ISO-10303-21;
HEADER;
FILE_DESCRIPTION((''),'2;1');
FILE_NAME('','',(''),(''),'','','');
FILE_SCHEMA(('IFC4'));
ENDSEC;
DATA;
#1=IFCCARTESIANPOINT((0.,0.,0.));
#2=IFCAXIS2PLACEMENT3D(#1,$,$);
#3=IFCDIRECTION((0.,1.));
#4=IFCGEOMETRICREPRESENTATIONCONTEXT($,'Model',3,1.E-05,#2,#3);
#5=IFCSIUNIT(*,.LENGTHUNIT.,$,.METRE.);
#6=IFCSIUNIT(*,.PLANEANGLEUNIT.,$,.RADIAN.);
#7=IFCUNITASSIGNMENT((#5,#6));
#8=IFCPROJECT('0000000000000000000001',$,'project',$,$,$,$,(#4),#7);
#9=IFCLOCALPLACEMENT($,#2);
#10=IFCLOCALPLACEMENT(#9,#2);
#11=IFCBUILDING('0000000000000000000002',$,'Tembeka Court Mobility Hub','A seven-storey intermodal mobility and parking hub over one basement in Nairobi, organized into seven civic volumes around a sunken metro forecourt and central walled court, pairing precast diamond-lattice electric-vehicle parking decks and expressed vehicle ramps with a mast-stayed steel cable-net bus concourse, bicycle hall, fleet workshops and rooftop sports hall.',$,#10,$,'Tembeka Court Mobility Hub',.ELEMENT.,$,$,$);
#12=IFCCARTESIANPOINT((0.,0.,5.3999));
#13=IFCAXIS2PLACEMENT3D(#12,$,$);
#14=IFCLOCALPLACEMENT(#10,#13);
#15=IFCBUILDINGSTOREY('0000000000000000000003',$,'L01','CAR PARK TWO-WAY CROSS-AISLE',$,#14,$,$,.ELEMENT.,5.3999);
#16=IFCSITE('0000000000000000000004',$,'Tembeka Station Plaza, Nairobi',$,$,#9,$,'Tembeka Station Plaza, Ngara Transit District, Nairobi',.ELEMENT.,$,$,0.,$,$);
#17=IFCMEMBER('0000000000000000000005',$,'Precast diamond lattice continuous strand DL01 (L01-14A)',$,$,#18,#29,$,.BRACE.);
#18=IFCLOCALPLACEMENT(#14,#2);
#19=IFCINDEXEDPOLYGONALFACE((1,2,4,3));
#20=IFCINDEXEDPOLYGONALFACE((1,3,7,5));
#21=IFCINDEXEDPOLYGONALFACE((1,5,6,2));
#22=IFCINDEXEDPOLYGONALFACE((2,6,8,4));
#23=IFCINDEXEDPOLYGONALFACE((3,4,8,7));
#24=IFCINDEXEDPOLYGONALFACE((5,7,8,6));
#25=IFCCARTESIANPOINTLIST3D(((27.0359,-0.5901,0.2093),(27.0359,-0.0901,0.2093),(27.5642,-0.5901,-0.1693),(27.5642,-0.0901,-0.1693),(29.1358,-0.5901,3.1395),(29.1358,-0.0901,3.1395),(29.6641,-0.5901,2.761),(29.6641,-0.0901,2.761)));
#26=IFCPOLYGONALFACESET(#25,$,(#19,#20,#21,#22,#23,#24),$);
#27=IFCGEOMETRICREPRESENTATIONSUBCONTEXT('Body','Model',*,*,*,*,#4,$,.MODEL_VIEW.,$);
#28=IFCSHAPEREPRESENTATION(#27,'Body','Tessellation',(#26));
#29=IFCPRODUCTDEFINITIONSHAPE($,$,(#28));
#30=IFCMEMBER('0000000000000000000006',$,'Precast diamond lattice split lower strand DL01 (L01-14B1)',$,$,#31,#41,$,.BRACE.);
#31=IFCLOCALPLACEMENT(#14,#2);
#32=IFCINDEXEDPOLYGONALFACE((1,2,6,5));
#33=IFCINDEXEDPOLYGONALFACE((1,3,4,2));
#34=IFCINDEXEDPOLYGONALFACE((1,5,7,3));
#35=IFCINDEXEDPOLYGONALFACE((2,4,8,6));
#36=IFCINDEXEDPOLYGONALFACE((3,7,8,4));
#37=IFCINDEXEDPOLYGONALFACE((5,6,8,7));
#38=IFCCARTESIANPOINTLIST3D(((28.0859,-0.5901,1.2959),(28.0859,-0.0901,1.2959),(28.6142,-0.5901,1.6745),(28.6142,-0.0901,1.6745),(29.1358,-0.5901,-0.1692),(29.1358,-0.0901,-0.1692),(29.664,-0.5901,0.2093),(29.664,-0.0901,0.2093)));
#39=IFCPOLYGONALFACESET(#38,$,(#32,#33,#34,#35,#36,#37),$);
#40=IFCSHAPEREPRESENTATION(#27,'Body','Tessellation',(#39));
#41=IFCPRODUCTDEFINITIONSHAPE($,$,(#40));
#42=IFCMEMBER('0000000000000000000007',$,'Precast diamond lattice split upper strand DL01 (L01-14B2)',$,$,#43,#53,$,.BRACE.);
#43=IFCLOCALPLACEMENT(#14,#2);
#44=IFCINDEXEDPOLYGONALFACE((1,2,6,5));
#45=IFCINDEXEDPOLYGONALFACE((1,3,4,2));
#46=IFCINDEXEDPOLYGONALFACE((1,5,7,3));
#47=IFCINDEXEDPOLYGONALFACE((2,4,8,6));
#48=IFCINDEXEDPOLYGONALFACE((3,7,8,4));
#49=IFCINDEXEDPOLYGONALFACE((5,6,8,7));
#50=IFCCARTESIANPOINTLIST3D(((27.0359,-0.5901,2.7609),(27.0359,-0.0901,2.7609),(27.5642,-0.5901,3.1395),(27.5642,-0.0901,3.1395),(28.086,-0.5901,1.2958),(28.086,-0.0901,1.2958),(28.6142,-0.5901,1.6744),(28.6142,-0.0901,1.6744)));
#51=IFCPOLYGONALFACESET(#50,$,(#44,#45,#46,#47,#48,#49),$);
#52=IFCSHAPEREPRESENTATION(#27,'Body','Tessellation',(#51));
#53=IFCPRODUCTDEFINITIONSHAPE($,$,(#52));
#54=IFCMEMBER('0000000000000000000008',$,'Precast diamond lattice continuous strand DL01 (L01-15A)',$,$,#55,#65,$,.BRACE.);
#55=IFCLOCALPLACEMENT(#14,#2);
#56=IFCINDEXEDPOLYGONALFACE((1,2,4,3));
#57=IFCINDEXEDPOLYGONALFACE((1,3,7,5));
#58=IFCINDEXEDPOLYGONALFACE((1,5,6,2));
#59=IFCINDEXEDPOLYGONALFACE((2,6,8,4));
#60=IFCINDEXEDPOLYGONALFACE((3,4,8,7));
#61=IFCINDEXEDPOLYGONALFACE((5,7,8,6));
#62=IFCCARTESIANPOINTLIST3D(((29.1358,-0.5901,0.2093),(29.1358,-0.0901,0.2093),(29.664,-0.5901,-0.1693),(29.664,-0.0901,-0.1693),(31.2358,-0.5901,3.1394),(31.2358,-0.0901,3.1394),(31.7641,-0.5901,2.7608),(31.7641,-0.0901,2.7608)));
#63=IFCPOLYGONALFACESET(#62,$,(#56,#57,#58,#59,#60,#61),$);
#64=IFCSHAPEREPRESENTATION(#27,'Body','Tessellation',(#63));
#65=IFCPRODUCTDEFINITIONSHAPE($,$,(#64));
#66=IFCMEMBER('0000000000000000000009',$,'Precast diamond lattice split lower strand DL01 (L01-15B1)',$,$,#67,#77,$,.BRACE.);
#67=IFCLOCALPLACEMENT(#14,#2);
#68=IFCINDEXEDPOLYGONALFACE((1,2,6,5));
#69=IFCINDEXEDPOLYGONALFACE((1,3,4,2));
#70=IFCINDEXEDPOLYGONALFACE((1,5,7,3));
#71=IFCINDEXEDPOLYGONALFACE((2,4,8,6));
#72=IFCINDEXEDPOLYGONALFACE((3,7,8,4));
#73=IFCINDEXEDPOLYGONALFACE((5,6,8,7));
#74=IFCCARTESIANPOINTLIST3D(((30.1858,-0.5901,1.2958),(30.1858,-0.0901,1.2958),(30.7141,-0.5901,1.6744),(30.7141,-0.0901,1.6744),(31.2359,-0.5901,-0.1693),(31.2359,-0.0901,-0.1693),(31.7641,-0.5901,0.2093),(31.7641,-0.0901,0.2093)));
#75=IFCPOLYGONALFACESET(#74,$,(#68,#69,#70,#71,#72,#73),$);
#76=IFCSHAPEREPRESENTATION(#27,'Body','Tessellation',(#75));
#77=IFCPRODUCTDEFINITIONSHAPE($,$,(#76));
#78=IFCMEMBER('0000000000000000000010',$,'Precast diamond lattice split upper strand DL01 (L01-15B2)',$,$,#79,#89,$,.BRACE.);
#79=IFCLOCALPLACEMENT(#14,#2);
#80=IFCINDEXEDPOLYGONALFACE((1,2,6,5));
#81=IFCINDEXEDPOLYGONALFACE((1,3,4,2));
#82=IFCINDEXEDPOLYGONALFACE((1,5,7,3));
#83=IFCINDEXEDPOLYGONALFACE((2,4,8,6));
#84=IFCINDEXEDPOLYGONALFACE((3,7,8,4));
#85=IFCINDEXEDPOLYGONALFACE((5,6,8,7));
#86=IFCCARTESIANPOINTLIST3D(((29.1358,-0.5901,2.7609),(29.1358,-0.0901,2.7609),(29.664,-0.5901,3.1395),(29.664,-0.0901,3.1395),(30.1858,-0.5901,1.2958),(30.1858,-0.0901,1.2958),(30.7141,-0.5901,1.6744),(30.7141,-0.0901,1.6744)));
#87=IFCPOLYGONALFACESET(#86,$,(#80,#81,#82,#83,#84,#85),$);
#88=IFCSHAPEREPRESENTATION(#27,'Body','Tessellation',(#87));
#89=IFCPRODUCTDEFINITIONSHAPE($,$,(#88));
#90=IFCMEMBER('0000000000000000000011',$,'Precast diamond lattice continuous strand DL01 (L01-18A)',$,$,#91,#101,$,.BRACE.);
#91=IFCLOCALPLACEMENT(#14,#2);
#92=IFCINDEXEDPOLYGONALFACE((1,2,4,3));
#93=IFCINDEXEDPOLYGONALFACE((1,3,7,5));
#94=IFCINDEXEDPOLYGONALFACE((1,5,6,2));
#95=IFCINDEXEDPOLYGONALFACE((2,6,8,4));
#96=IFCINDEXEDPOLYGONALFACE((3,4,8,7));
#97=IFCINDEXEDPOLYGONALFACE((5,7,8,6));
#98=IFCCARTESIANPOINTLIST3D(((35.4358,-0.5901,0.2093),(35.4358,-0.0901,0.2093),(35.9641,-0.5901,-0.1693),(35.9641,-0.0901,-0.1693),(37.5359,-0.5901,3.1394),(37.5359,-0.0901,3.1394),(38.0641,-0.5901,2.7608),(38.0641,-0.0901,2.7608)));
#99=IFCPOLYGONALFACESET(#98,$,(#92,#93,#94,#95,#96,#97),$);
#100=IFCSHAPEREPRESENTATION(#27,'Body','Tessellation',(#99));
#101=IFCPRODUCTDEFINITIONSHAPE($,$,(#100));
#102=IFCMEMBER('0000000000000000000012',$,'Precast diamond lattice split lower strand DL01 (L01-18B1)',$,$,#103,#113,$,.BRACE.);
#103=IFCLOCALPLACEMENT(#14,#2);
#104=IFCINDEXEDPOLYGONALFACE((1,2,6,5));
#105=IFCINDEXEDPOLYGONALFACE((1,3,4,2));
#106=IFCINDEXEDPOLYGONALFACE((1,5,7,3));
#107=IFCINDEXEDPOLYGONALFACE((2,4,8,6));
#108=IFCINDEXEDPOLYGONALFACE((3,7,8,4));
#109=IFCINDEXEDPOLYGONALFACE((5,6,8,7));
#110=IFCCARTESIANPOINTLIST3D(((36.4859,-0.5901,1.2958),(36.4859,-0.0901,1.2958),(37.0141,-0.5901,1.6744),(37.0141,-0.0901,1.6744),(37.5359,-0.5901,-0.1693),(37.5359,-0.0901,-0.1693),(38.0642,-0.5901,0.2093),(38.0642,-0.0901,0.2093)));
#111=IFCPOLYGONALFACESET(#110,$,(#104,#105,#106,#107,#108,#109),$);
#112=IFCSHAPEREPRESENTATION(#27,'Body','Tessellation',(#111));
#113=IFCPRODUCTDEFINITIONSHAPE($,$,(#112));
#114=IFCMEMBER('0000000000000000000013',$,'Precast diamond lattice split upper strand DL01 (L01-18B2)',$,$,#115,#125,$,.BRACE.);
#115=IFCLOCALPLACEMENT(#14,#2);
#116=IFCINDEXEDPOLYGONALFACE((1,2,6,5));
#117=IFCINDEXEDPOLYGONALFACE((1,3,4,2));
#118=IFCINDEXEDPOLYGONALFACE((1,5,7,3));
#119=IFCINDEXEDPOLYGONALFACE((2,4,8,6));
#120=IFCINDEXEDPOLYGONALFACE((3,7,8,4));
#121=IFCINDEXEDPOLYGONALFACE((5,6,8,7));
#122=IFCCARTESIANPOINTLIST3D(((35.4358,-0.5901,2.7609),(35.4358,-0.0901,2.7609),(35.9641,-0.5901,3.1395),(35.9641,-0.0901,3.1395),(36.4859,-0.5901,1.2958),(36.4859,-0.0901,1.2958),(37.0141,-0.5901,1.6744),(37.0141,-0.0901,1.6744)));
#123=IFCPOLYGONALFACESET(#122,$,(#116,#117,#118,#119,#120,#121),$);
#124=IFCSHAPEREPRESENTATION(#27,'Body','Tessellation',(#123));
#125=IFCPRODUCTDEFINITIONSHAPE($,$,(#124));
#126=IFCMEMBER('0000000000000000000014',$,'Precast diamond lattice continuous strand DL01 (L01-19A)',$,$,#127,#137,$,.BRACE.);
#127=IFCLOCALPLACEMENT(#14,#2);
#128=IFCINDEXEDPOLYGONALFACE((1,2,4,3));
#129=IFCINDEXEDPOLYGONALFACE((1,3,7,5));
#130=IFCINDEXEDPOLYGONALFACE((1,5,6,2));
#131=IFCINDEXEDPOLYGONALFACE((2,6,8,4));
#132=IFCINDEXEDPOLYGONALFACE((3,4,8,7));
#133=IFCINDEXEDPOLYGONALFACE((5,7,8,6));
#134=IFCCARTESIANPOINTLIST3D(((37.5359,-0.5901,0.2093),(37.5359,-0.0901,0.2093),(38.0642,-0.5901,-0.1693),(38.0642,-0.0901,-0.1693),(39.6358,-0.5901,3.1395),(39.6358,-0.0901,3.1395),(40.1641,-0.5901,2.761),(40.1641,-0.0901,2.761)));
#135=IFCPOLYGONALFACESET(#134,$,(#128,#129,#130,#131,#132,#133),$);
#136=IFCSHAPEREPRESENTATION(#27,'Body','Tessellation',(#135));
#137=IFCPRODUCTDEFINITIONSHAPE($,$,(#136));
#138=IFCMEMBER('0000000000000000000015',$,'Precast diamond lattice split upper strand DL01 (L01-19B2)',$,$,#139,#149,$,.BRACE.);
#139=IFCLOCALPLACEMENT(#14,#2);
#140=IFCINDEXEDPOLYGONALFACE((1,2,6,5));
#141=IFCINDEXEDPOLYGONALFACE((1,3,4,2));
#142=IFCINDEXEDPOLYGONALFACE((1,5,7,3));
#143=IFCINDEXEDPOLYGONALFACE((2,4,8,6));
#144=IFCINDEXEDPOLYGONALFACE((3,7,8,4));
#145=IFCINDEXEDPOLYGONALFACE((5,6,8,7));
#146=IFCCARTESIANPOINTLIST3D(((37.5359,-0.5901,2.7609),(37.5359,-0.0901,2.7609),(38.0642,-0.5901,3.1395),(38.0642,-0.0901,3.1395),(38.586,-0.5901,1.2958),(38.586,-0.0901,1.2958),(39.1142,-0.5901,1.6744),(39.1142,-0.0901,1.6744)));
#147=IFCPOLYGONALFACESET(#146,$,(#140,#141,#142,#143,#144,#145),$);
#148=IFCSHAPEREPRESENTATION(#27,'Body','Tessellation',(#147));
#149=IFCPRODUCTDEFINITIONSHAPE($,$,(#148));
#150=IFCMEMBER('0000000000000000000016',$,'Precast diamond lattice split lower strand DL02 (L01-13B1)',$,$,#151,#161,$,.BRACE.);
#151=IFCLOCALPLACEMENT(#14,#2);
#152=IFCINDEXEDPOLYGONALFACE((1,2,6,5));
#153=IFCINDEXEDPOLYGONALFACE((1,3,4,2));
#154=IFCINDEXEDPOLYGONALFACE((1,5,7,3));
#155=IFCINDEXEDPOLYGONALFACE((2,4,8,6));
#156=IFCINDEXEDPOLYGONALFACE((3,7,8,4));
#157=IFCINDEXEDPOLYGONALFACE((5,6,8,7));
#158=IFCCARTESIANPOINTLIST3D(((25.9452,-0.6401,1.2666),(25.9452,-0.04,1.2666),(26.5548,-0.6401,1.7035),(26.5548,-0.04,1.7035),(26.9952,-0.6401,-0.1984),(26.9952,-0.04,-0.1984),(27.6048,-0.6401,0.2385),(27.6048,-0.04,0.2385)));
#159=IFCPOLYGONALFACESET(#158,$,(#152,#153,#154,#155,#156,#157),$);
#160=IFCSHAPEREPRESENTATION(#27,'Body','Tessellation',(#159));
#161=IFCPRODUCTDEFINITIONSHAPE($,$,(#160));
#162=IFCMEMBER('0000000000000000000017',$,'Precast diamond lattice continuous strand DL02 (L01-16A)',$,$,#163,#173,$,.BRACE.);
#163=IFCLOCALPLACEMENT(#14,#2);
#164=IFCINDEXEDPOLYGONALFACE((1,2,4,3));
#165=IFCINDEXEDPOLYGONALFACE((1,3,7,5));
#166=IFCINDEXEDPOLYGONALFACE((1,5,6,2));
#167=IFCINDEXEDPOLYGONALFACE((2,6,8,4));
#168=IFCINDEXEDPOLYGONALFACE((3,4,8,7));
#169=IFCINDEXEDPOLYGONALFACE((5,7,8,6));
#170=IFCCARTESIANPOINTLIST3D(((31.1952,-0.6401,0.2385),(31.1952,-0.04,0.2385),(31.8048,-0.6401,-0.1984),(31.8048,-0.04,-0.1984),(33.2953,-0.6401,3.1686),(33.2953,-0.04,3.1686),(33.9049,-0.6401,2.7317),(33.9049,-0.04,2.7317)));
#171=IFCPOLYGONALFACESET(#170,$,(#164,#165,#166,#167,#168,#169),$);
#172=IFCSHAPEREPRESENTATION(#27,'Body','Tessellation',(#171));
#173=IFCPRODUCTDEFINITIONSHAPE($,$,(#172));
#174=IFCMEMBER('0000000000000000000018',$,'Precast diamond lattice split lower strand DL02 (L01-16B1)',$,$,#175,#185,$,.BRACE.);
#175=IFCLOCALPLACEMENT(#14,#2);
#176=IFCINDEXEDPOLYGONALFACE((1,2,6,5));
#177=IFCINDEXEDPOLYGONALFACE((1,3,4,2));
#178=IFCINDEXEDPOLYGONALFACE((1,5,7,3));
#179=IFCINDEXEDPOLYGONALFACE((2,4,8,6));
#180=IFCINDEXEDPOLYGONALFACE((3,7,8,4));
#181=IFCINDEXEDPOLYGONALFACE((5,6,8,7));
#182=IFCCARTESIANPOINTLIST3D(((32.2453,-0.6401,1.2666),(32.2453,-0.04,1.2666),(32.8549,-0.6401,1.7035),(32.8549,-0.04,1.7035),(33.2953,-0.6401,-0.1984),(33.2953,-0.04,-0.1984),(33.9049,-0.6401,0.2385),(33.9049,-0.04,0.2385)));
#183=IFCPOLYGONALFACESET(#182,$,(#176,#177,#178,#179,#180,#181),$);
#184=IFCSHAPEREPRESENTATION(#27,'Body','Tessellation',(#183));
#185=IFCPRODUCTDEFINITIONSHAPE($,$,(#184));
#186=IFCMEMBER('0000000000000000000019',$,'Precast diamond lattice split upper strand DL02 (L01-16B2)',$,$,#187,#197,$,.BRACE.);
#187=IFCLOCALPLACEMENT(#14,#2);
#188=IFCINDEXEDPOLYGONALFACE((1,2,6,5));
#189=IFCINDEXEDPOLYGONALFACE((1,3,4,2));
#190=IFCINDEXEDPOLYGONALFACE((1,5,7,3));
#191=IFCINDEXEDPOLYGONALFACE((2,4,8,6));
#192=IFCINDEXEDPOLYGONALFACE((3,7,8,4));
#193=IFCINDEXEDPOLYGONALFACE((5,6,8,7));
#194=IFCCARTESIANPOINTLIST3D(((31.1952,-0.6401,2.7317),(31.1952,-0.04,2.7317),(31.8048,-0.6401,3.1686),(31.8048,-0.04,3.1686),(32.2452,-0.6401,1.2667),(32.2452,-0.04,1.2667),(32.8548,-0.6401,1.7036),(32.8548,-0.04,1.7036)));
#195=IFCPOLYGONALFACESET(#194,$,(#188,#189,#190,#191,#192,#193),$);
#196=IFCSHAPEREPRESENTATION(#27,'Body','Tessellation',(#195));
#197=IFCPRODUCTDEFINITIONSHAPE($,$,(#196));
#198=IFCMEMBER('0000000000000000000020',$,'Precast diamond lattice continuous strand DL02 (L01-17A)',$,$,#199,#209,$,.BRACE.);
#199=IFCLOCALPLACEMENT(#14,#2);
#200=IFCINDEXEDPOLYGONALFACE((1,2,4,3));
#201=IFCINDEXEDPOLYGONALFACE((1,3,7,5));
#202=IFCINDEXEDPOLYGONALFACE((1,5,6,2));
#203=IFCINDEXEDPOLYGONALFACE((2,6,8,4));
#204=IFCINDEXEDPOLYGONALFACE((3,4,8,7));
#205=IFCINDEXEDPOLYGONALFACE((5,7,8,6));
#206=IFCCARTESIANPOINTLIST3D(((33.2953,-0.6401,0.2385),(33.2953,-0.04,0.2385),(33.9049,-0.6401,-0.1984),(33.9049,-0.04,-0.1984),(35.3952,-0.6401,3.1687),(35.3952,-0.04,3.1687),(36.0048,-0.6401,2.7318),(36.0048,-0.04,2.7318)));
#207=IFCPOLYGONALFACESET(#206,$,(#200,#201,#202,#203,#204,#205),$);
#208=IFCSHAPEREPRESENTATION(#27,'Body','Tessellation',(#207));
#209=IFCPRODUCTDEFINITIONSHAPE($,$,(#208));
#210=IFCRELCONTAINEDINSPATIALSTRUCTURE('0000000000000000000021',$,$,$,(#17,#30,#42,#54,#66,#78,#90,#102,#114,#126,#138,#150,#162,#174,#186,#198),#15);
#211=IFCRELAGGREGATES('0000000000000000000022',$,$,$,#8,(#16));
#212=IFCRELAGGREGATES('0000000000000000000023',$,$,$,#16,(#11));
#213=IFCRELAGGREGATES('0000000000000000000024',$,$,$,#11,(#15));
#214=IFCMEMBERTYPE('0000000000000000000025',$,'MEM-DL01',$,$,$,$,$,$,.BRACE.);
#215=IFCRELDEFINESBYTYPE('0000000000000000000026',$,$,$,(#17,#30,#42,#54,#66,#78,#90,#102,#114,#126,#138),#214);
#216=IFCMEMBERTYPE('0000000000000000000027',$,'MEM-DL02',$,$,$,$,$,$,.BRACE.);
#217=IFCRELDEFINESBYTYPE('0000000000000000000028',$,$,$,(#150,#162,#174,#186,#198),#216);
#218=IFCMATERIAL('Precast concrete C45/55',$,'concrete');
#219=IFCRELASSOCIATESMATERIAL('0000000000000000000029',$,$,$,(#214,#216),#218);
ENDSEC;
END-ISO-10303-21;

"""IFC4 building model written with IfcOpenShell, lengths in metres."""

from ifc_helpers import new_model, si_unit, direction, frame, origin, origin_2d, place, context, subcontext, project, spatial, rectangle, extrude, material, material_profile, profile_set, type_object, element, save


model = new_model("IFC4")

# Units and contexts
model_context = context("Model", 3, precision=1e-05, world=origin(), true_north=direction((0.0, 1.0)))
body_context = subcontext(model_context, "Body", "Model", "MODEL_VIEW")
ifc_project = project(units=[si_unit("LENGTHUNIT", "METRE"), si_unit("PLANEANGLEUNIT", "RADIAN")], contexts=[model_context])

# Site, building, storey
site_placement = place(None, origin())
site = spatial("IfcSite", under=ifc_project, at=site_placement, Name="Tembeka Station Plaza, Nairobi", LongName="Tembeka Station Plaza, Ngara Transit District, Nairobi", CompositionType="ELEMENT", RefElevation=0.0)
building_placement = place(site_placement, origin())
building = spatial("IfcBuilding", under=site, at=building_placement, Name="Tembeka Court Mobility Hub", Description="A seven-storey intermodal mobility and parking hub over one basement in Nairobi, organized into seven civic volumes around a sunken metro forecourt and central walled court, pairing precast diamond-lattice electric-vehicle parking decks and expressed vehicle ramps with a mast-stayed steel cable-net bus concourse, bicycle hall, fleet workshops and rooftop sports hall.", LongName="Tembeka Court Mobility Hub", CompositionType="ELEMENT")
storey_placement = place(building_placement, frame((0.0, 0.0, 5.3999)))
storey = spatial("IfcBuildingStorey", under=building, at=storey_placement, Name="L01", Description="CAR PARK TWO-WAY CROSS-AISLE", CompositionType="ELEMENT", Elevation=5.3999)

# Members
ifc_material = material(Name="Precast concrete C45/55", Category="concrete")
ifc_material_profile_1 = material_profile(ifc_material, rectangle(XDim=0.5, YDim=0.6499, at=origin_2d()), Name="PC-DIAG 500x650")
ifc_profile_set_1 = profile_set([ifc_material_profile_1], Name="Precast concrete C45/55")
member_type_1 = type_object("IfcMemberType", Name="MEM-DL01", PredefinedType="BRACE", material=ifc_profile_set_1)
member_1_placement = place(storey_placement, frame((27.3, -0.3401, 0.02), z_axis=(0.5825, 0.0, 0.812831), x_axis=(0.0, 1.0, 0.0)))
element("IfcMember", 1, at=member_1_placement, inside=storey, type_object=member_type_1, Name="Precast diamond lattice continuous strand DL01 (L01-14A)", PredefinedType="BRACE", context=body_context, shape_type="SweptSolid", body=[
    extrude(rectangle(XDim=0.5, YDim=0.6499, at=origin_2d()), origin(), (0.0, 0.0, 1.0), 3.605),
])
for number, where, z_axis, x_axis, name in (
    (2, (29.3999, -0.3401, 0.02), (-0.582455, 0.0, 0.812863), (0.0, -1.0, 0.0), "Precast diamond lattice split lower strand DL01 (L01-14B1)"),
    (3, (28.3501, -0.3401, 1.4851), (-0.582544, 0.0, 0.812799), (0.0, -1.0, 0.0), "Precast diamond lattice split upper strand DL01 (L01-14B2)"),
):
    element("IfcMember", number, at=place(storey_placement, frame(where, z_axis=z_axis, x_axis=x_axis)), inside=storey, type_object=member_type_1, Name=name, PredefinedType="BRACE", context=body_context, shape_type="SweptSolid", body=[
        extrude(rectangle(XDim=0.5, YDim=0.6499, at=origin_2d()), origin(), (0.0, 0.0, 1.0), 1.8025),
    ])
member_2_placement = place(storey_placement, frame((29.3999, -0.3401, 0.02), z_axis=(0.582544, 0.0, 0.812799), x_axis=(0.0, 1.0, 0.0)))
element("IfcMember", 4, at=member_2_placement, inside=storey, type_object=member_type_1, Name="Precast diamond lattice continuous strand DL01 (L01-15A)", PredefinedType="BRACE", context=body_context, shape_type="SweptSolid", body=[
    extrude(rectangle(XDim=0.5, YDim=0.6499, at=origin_2d()), origin(), (0.0, 0.0, 1.0), 3.605),
])
for number, where, z_axis, x_axis, name in (
    (5, (31.5, -0.3401, 0.02), (-0.582544, 0.0, 0.812799), (0.0, -1.0, 0.0), "Precast diamond lattice split lower strand DL01 (L01-15B1)"),
    (6, (30.45, -0.3401, 1.4851), (-0.582544, 0.0, 0.812799), (0.0, -1.0, 0.0), "Precast diamond lattice split upper strand DL01 (L01-15B2)"),
):
    element("IfcMember", number, at=place(storey_placement, frame(where, z_axis=z_axis, x_axis=x_axis)), inside=storey, type_object=member_type_1, Name=name, PredefinedType="BRACE", context=body_context, shape_type="SweptSolid", body=[
        extrude(rectangle(XDim=0.5, YDim=0.6499, at=origin_2d()), origin(), (0.0, 0.0, 1.0), 1.8025),
    ])
member_3_placement = place(storey_placement, frame((35.7, -0.3401, 0.02), z_axis=(0.582544, 0.0, 0.812799), x_axis=(0.0, 1.0, 0.0)))
element("IfcMember", 7, at=member_3_placement, inside=storey, type_object=member_type_1, Name="Precast diamond lattice continuous strand DL01 (L01-18A)", PredefinedType="BRACE", context=body_context, shape_type="SweptSolid", body=[
    extrude(rectangle(XDim=0.5, YDim=0.6499, at=origin_2d()), origin(), (0.0, 0.0, 1.0), 3.605),
])
for number, where, z_axis, x_axis, name in (
    (8, (37.8, -0.3401, 0.02), (-0.582544, 0.0, 0.812799), (0.0, -1.0, 0.0), "Precast diamond lattice split lower strand DL01 (L01-18B1)"),
    (9, (36.75, -0.3401, 1.4851), (-0.582544, 0.0, 0.812799), (0.0, -1.0, 0.0), "Precast diamond lattice split upper strand DL01 (L01-18B2)"),
):
    element("IfcMember", number, at=place(storey_placement, frame(where, z_axis=z_axis, x_axis=x_axis)), inside=storey, type_object=member_type_1, Name=name, PredefinedType="BRACE", context=body_context, shape_type="SweptSolid", body=[
        extrude(rectangle(XDim=0.5, YDim=0.6499, at=origin_2d()), origin(), (0.0, 0.0, 1.0), 1.8025),
    ])
member_4_placement = place(storey_placement, frame((37.8, -0.3401, 0.02), z_axis=(0.5825, 0.0, 0.812831), x_axis=(0.0, 1.0, 0.0)))
element("IfcMember", 10, at=member_4_placement, inside=storey, type_object=member_type_1, Name="Precast diamond lattice continuous strand DL01 (L01-19A)", PredefinedType="BRACE", context=body_context, shape_type="SweptSolid", body=[
    extrude(rectangle(XDim=0.5, YDim=0.6499, at=origin_2d()), origin(), (0.0, 0.0, 1.0), 3.605),
])
member_5_placement = place(storey_placement, frame((38.8501, -0.3401, 1.4851), z_axis=(-0.582544, 0.0, 0.812799), x_axis=(0.0, -1.0, 0.0)))
element("IfcMember", 11, at=member_5_placement, inside=storey, type_object=member_type_1, Name="Precast diamond lattice split upper strand DL01 (L01-19B2)", PredefinedType="BRACE", context=body_context, shape_type="SweptSolid", body=[
    extrude(rectangle(XDim=0.5, YDim=0.6499, at=origin_2d()), origin(), (0.0, 0.0, 1.0), 1.8025),
])
ifc_material_profile_2 = material_profile(ifc_material, rectangle(XDim=0.6001, YDim=0.75, at=origin_2d()), Name="PC-DIAG 600x750")
ifc_profile_set_2 = profile_set([ifc_material_profile_2], Name="Precast concrete C45/55")
member_type_2 = type_object("IfcMemberType", Name="MEM-DL02", PredefinedType="BRACE", material=ifc_profile_set_2)
member_6_placement = place(storey_placement, frame((27.3, -0.3401, 0.02), z_axis=(-0.582544, 0.0, 0.812799), x_axis=(0.0, -1.0, 0.0)))
element("IfcMember", 12, at=member_6_placement, inside=storey, type_object=member_type_2, Name="Precast diamond lattice split lower strand DL02 (L01-13B1)", PredefinedType="BRACE", context=body_context, shape_type="SweptSolid", body=[
    extrude(rectangle(XDim=0.6001, YDim=0.75, at=origin_2d()), origin(), (0.0, 0.0, 1.0), 1.8025),
])
member_7_placement = place(storey_placement, frame((31.5, -0.3401, 0.02), z_axis=(0.582544, 0.0, 0.812799), x_axis=(0.0, 1.0, 0.0)))
element("IfcMember", 13, at=member_7_placement, inside=storey, type_object=member_type_2, Name="Precast diamond lattice continuous strand DL02 (L01-16A)", PredefinedType="BRACE", context=body_context, shape_type="SweptSolid", body=[
    extrude(rectangle(XDim=0.6001, YDim=0.75, at=origin_2d()), origin(), (0.0, 0.0, 1.0), 3.605),
])
for number, where, z_axis, x_axis, name in (
    (14, (33.6001, -0.3401, 0.02), (-0.582544, 0.0, 0.812799), (0.0, -1.0, 0.0), "Precast diamond lattice split lower strand DL02 (L01-16B1)"),
    (15, (32.55, -0.3401, 1.4851), (-0.582544, 0.0, 0.812799), (0.0, -1.0, 0.0), "Precast diamond lattice split upper strand DL02 (L01-16B2)"),
):
    element("IfcMember", number, at=place(storey_placement, frame(where, z_axis=z_axis, x_axis=x_axis)), inside=storey, type_object=member_type_2, Name=name, PredefinedType="BRACE", context=body_context, shape_type="SweptSolid", body=[
        extrude(rectangle(XDim=0.6001, YDim=0.75, at=origin_2d()), origin(), (0.0, 0.0, 1.0), 1.8025),
    ])
member_8_placement = place(storey_placement, frame((33.6001, -0.3401, 0.02), z_axis=(0.5825, 0.0, 0.812831), x_axis=(0.0, 1.0, 0.0)))
element("IfcMember", 16, at=member_8_placement, inside=storey, type_object=member_type_2, Name="Precast diamond lattice continuous strand DL02 (L01-17A)", PredefinedType="BRACE", context=body_context, shape_type="SweptSolid", body=[
    extrude(rectangle(XDim=0.6001, YDim=0.75, at=origin_2d()), origin(), (0.0, 0.0, 1.0), 3.605),
])

save(model, "model.ifc")
